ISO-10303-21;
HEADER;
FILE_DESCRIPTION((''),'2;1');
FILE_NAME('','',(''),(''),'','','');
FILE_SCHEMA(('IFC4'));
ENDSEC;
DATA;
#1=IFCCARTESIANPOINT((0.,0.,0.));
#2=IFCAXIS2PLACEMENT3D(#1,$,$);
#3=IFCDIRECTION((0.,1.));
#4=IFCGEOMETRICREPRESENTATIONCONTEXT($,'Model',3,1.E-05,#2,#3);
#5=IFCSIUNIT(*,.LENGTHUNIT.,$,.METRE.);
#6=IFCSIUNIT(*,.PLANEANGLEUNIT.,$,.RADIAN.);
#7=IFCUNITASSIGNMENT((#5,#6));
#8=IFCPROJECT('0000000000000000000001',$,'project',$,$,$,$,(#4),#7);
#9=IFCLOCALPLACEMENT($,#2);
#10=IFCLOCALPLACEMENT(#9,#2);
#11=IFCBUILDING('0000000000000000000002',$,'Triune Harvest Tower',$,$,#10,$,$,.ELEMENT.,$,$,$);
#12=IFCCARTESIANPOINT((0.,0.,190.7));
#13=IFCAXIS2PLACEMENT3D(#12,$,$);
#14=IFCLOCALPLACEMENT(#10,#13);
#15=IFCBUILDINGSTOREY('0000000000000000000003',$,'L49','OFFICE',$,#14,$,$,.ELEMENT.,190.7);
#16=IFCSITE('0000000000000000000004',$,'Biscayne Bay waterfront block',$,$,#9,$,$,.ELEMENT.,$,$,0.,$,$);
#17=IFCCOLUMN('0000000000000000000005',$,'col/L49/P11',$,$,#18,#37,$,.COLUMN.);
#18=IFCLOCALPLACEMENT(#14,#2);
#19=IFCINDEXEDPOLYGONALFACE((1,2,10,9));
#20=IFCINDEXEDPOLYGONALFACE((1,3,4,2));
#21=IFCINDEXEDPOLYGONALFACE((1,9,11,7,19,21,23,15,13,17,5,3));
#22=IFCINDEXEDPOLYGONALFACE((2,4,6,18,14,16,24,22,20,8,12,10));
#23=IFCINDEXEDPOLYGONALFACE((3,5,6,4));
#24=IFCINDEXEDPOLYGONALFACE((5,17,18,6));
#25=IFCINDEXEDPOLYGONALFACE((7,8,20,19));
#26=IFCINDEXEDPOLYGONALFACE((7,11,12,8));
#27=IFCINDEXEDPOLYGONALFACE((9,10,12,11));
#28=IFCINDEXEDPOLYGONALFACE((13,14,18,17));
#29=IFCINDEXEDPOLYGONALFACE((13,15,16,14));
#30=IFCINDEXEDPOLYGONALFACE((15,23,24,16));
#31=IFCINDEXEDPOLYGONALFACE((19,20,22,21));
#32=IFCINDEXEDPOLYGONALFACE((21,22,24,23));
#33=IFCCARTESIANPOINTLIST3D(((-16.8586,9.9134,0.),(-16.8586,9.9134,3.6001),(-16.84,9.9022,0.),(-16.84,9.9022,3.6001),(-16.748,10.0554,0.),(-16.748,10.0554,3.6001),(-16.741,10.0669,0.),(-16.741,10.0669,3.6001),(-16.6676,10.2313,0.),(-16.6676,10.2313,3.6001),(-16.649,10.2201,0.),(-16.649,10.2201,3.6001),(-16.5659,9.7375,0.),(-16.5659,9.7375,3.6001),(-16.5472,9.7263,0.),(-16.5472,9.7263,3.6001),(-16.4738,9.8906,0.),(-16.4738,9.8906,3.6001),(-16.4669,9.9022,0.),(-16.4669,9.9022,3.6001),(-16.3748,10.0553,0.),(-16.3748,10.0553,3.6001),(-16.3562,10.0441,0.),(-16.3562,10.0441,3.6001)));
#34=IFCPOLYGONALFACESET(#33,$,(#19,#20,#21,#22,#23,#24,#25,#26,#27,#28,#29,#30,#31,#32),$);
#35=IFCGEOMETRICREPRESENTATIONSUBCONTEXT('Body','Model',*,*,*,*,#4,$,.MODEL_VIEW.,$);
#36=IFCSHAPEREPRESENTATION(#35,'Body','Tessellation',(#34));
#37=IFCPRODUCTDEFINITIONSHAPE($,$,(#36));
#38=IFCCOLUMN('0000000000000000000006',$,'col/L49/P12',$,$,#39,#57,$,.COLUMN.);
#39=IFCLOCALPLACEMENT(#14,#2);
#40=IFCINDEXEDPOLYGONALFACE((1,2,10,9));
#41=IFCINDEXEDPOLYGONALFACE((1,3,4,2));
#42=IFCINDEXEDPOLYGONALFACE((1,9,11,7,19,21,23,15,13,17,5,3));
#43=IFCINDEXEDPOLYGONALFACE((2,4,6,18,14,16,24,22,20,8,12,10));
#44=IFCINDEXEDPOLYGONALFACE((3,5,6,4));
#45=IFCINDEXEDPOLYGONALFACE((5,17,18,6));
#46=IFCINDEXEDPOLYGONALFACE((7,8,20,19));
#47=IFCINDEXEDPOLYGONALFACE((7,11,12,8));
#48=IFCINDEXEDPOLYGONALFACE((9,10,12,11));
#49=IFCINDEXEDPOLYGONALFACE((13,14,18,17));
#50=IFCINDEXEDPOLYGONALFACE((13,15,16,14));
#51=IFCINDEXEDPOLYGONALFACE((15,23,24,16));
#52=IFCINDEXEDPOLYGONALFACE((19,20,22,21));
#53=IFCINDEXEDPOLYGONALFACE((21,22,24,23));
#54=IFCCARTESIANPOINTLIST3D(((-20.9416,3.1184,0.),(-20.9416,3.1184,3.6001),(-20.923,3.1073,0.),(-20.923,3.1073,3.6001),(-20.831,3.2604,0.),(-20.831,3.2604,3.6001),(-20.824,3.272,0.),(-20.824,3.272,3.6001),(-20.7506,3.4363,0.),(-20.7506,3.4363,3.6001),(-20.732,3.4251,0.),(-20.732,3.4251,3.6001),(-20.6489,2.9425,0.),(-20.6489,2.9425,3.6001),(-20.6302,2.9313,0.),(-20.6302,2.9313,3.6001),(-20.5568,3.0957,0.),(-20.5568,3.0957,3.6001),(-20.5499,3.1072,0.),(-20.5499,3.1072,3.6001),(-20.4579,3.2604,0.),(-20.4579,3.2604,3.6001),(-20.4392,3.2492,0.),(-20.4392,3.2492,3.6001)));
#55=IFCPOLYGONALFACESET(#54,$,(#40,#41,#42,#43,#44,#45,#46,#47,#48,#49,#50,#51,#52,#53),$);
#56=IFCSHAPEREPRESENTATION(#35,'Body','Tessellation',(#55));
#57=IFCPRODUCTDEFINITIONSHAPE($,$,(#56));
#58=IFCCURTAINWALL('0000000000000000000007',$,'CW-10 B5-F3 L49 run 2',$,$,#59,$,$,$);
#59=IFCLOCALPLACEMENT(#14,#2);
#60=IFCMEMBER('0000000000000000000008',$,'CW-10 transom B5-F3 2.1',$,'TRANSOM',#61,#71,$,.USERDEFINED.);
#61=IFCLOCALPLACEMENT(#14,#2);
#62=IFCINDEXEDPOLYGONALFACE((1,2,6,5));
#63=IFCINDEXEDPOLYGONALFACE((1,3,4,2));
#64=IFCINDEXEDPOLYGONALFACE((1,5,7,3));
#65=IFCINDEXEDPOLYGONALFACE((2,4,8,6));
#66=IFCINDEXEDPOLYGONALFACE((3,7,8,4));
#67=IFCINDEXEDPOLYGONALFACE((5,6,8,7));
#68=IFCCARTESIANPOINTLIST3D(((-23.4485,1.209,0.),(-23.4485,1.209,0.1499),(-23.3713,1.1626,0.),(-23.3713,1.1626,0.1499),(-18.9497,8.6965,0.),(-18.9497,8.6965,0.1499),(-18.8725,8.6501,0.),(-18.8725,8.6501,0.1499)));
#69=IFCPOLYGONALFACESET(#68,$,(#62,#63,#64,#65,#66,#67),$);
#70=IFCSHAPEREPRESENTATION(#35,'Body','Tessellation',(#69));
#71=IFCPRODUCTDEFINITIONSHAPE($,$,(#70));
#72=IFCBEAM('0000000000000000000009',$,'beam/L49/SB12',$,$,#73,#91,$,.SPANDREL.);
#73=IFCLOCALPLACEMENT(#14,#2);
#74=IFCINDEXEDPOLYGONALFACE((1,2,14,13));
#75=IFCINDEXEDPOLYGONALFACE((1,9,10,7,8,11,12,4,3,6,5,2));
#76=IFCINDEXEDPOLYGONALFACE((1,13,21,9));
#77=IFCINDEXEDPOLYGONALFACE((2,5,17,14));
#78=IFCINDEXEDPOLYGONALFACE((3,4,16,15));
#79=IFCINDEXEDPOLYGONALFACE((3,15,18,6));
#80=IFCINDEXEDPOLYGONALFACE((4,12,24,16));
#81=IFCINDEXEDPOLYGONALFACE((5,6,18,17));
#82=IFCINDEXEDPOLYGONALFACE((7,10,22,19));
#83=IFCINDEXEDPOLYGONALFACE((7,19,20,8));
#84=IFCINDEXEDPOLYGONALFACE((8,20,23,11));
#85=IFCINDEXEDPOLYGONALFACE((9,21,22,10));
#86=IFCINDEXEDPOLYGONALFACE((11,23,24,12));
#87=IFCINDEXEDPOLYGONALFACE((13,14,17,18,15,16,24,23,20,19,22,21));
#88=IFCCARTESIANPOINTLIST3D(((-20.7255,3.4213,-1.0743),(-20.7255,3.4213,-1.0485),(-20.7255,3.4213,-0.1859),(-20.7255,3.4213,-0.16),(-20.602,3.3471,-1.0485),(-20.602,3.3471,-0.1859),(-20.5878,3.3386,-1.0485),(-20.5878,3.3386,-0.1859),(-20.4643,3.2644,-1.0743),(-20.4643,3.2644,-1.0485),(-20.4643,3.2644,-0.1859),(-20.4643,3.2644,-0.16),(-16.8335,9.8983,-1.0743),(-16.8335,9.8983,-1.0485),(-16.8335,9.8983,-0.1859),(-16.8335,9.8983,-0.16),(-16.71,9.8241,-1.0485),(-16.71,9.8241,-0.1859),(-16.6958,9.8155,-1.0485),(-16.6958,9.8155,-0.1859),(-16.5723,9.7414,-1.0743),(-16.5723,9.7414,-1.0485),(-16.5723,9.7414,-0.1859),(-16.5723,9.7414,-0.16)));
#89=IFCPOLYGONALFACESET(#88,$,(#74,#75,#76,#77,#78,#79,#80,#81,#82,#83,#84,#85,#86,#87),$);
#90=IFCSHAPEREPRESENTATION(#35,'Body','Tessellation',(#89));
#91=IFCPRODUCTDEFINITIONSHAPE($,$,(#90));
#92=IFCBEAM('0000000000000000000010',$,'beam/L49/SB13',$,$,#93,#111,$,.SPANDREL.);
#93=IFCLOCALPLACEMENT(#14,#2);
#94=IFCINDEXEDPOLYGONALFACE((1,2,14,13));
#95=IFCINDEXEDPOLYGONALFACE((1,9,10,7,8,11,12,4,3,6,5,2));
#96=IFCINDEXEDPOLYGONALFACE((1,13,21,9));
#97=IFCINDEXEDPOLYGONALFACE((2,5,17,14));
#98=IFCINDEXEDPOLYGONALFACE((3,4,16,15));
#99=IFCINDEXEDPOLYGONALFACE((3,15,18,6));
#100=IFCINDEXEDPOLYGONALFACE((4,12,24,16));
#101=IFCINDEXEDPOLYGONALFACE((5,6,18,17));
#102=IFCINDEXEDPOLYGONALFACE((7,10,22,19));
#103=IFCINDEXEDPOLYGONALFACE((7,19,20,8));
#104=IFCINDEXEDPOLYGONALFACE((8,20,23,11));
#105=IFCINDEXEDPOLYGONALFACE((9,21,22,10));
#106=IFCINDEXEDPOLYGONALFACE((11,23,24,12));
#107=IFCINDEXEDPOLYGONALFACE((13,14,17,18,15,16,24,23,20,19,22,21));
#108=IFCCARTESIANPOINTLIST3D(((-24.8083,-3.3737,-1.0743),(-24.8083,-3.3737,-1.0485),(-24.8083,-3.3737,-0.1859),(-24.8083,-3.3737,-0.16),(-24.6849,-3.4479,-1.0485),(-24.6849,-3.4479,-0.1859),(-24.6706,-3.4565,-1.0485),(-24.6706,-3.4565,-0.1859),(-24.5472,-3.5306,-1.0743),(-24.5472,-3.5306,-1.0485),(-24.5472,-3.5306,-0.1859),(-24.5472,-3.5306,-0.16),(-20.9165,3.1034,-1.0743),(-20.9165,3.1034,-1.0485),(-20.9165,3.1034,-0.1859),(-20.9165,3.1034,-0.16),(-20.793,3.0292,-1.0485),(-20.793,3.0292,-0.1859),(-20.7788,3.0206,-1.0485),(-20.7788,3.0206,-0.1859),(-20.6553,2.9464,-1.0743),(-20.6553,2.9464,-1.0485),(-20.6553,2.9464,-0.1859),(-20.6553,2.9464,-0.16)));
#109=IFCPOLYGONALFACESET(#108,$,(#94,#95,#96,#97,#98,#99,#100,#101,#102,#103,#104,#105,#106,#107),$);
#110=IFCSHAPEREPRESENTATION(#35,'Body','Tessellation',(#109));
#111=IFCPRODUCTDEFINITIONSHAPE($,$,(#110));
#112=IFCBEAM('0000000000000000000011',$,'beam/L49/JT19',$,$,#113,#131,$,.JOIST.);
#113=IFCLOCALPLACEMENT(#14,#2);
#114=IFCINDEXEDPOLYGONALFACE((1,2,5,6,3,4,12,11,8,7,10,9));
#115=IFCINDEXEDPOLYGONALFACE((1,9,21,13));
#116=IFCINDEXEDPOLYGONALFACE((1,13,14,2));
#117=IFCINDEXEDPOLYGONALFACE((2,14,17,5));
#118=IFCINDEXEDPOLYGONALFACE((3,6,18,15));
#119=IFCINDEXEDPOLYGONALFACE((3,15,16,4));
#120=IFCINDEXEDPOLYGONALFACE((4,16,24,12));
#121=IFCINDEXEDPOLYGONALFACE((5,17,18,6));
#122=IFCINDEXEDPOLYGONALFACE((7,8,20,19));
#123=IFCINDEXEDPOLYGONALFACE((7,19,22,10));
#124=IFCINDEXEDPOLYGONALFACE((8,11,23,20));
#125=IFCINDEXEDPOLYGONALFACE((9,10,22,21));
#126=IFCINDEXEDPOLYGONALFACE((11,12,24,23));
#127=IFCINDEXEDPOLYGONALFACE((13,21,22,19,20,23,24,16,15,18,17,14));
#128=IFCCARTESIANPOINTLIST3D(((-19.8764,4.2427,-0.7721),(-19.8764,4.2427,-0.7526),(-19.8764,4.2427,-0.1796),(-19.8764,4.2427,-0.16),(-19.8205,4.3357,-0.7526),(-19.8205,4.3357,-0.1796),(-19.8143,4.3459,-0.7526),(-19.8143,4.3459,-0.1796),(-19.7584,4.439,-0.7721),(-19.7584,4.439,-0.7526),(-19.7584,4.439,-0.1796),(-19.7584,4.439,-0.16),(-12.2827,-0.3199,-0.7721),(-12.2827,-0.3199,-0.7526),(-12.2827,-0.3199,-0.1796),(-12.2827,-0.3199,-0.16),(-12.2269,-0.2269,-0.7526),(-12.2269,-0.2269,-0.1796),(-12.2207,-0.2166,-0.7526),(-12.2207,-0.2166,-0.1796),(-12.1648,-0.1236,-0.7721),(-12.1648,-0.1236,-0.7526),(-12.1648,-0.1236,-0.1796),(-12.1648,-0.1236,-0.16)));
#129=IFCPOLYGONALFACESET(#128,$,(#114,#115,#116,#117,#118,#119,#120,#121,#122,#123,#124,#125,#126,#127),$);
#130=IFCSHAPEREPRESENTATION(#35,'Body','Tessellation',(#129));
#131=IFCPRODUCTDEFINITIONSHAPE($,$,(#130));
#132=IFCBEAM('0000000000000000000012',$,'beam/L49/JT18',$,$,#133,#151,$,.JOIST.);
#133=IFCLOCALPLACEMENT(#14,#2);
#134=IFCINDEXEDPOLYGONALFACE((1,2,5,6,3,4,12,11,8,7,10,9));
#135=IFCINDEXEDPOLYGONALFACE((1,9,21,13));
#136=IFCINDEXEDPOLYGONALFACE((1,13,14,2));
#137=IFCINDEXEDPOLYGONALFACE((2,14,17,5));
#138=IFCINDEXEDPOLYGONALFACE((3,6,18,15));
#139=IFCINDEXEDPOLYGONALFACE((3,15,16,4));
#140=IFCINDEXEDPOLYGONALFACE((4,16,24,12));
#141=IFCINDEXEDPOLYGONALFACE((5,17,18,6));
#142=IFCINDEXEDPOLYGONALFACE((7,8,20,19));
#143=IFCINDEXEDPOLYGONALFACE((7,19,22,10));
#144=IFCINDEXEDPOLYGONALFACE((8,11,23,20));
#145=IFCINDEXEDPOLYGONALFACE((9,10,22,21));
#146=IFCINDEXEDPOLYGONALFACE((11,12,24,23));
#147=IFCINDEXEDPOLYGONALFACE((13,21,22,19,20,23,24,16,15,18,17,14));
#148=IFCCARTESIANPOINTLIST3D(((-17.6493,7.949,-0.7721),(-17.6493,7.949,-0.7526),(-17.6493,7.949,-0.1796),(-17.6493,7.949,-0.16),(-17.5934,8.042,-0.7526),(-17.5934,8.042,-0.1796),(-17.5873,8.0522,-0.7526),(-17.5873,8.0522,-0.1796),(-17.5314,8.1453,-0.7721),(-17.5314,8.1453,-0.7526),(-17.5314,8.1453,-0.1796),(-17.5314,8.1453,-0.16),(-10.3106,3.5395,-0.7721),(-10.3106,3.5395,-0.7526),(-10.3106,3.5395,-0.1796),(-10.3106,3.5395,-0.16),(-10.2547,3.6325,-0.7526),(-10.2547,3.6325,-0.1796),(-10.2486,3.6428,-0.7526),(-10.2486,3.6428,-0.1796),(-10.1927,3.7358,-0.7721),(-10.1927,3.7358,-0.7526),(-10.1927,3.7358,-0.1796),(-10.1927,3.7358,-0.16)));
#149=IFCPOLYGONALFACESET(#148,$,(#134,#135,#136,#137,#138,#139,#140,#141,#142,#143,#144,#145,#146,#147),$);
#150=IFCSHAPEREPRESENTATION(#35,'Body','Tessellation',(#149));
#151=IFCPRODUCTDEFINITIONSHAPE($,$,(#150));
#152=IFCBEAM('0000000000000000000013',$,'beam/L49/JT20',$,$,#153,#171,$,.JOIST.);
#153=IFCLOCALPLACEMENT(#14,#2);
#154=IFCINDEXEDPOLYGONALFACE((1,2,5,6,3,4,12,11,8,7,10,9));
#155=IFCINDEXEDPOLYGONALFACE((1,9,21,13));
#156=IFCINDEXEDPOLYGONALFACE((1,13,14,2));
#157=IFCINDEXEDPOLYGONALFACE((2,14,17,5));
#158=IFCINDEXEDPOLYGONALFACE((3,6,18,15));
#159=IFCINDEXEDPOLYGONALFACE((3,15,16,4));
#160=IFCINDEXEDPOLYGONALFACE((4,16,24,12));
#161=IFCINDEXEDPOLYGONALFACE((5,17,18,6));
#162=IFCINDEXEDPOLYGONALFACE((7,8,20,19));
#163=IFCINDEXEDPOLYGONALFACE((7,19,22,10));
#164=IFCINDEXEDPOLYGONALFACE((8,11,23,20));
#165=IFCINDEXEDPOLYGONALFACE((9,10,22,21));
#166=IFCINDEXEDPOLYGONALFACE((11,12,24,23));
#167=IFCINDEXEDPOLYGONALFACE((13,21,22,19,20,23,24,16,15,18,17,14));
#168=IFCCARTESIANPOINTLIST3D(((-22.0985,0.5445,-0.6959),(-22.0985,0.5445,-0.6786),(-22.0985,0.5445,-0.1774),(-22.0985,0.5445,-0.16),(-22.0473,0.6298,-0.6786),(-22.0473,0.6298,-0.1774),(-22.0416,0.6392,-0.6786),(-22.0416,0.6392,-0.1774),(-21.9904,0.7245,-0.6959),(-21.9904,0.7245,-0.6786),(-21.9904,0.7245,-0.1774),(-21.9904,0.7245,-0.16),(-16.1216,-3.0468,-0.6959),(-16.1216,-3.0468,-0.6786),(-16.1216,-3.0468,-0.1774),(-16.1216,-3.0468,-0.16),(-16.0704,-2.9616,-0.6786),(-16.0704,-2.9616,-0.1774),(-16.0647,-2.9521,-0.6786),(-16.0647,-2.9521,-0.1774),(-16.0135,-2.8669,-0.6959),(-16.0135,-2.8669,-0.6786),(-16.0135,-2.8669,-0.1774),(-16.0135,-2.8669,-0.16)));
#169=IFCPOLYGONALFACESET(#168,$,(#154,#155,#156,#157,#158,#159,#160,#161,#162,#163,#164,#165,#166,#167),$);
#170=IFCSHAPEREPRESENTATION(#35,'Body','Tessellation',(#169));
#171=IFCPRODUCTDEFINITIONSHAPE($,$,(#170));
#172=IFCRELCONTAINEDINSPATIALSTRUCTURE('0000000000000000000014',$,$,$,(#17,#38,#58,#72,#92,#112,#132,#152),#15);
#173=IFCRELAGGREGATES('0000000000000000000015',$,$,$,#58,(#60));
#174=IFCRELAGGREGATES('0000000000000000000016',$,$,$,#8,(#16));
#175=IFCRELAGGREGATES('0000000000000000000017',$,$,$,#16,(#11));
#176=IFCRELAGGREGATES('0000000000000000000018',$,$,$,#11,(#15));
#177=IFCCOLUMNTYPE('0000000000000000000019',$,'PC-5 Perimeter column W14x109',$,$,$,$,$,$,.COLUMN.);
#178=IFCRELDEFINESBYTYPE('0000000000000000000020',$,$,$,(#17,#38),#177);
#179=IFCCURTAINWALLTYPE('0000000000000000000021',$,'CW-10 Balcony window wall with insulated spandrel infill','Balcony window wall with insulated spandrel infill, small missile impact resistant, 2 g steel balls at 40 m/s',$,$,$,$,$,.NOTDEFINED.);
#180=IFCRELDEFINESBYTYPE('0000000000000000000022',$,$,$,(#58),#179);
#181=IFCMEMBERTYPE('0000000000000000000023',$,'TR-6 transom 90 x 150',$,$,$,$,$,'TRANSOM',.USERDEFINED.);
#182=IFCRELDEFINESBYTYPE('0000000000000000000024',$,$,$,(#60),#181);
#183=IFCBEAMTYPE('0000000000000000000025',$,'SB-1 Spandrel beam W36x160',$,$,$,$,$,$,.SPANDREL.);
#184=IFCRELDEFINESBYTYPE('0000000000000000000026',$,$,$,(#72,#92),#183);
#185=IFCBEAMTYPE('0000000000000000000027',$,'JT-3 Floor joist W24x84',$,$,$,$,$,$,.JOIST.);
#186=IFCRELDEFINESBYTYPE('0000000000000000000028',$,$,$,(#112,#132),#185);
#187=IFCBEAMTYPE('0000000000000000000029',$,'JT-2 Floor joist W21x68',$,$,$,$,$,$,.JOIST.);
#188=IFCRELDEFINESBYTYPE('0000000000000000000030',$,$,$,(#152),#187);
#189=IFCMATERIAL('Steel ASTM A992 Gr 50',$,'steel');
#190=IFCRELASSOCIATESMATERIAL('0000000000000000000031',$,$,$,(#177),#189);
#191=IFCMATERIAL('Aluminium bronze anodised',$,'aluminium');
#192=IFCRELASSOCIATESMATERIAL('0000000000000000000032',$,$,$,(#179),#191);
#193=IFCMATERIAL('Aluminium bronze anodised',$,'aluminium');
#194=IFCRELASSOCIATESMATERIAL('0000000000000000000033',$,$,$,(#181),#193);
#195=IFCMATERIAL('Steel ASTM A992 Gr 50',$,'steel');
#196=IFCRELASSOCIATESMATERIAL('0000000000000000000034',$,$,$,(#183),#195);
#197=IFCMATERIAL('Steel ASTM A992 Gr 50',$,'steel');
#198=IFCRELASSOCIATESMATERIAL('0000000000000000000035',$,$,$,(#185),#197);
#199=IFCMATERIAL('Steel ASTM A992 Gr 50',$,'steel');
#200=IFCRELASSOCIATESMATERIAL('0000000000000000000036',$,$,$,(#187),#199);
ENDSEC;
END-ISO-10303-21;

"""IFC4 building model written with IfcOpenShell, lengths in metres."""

from ifc_helpers import new_model, si_unit, direction, frame, origin, origin_2d, place, context, subcontext, project, spatial, rectangle, i_section, extrude, source, transform, mapped, material, material_profile, profile_set, type_object, element, aggregate, save


model = new_model("IFC4")

# Units and contexts
model_context = context("Model", 3, precision=1e-05, world=origin(), true_north=direction((0.0, 1.0)))
body_context = subcontext(model_context, "Body", "Model", "MODEL_VIEW")
ifc_project = project(units=[si_unit("LENGTHUNIT", "METRE"), si_unit("PLANEANGLEUNIT", "RADIAN")], contexts=[model_context])

# Site, building, storey
site_placement = place(None, origin())
site = spatial("IfcSite", under=ifc_project, at=site_placement, Name="Biscayne Bay waterfront block", CompositionType="ELEMENT", RefElevation=0.0)
building_placement = place(site_placement, origin())
building = spatial("IfcBuilding", under=site, at=building_placement, Name="Triune Harvest Tower", CompositionType="ELEMENT")
storey_placement = place(building_placement, frame((0.0, 0.0, 190.7)))
storey = spatial("IfcBuildingStorey", under=building, at=storey_placement, Name="L49", Description="OFFICE", CompositionType="ELEMENT", Elevation=190.7)

# Columns
ifc_material_1 = material(Name="Steel ASTM A992 Gr 50", Category="steel")
ifc_material_profile_1 = material_profile(ifc_material_1, i_section(OverallWidth=0.3708, OverallDepth=0.3633, WebThickness=0.0134, FlangeThickness=0.0217, at=origin_2d()), Name="W14x109")
ifc_profile_set_1 = profile_set([ifc_material_profile_1], Name="Steel ASTM A992 Gr 50")
column_type = type_object("IfcColumnType", Name="PC-5 Perimeter column W14x109", PredefinedType="COLUMN", material=ifc_profile_set_1)
shared_shape_1 = source(origin(), body_context, "Body", "SweptSolid", [
    extrude(i_section(OverallWidth=0.3708, OverallDepth=0.3633, WebThickness=0.0134, FlangeThickness=0.0217, at=origin_2d()), origin(), (0.0, 0.0, 1.0), 3.6001),
])
for number, where, z_axis, x_axis, name in (
    (1, (-16.6074, 9.9788, 0.0), (0.0, 0.0, 1.0), (-0.515037, -0.857168, 0.0), "col/L49/P11"),
    (2, (-20.6904, 3.1838, 0.0), (0.0, 0.0, 1.0), (-0.515037, -0.857168, 0.0), "col/L49/P12"),
):
    element("IfcColumn", number, at=place(storey_placement, frame(where, z_axis=z_axis, x_axis=x_axis)), inside=storey, type_object=column_type, Name=name, PredefinedType="COLUMN", context=body_context, shape_type="MappedRepresentation", body=[
        mapped(shared_shape_1, transform((0.0, 0.0, 0.0), scale=1.0)),
    ])

# Curtain wall, member
ifc_material_2 = material(Name="Aluminium bronze anodised", Category="aluminium")
curtain_wall_type_1 = type_object("IfcCurtainWallType", Name="CW-10 Balcony window wall with insulated spandrel infill", Description="Balcony window wall with insulated spandrel infill, small missile impact resistant, 2 g steel balls at 40 m/s", PredefinedType="NOTDEFINED", material=ifc_material_2)
curtain_wall_1_placement = place(storey_placement, origin())
curtain_wall_1 = element("IfcCurtainWall", 3, at=curtain_wall_1_placement, inside=storey, type_object=curtain_wall_type_1, Name="CW-10 B5-F3 L49 run 2")
ifc_material_3 = material(Name="Aluminium bronze anodised", Category="aluminium")
ifc_material_profile_2 = material_profile(ifc_material_3, rectangle(XDim=0.0901, YDim=0.1499, at=origin_2d()), Name="TR-6 transom 90 x 150")
ifc_profile_set_2 = profile_set([ifc_material_profile_2], Name="Aluminium bronze anodised")
member_type_1 = type_object("IfcMemberType", Name="TR-6 transom 90 x 150", ElementType="TRANSOM", PredefinedType="USERDEFINED", material=ifc_profile_set_2)
member_1_placement = place(storey_placement, frame((-18.9111, 8.6733, 0.075), z_axis=(-0.515022, -0.857177, 0.0), x_axis=(0.857177, -0.515022, 0.0)))
member_1 = element("IfcMember", 4, at=member_1_placement, type_object=member_type_1, Name="CW-10 transom B5-F3 2.1", ObjectType="TRANSOM", PredefinedType="USERDEFINED", context=body_context, shape_type="SweptSolid", body=[
    extrude(rectangle(XDim=0.0901, YDim=0.1499, at=origin_2d()), origin(), (0.0, 0.0, 1.0), 8.7351),
])

# Beams
ifc_material_4 = material(Name="Steel ASTM A992 Gr 50", Category="steel")
ifc_material_profile_3 = material_profile(ifc_material_4, i_section(OverallWidth=0.3047, OverallDepth=0.9143, WebThickness=0.0166, FlangeThickness=0.0259, at=origin_2d()), Name="W36x160")
ifc_profile_set_3 = profile_set([ifc_material_profile_3], Name="Steel ASTM A992 Gr 50")
beam_type_1 = type_object("IfcBeamType", Name="SB-1 Spandrel beam W36x160", PredefinedType="SPANDREL", material=ifc_profile_set_3)
shared_shape_2 = source(origin(), body_context, "Body", "SweptSolid", [
    extrude(i_section(OverallWidth=0.3047, OverallDepth=0.9143, WebThickness=0.0166, FlangeThickness=0.0259, at=origin_2d()), origin(), (0.0, 0.0, 1.0), 7.5564),
])
for number, where, z_axis, x_axis, name in (
    (5, (-16.7029, 9.8198, -0.6172), (-0.515066, -0.857151, 0.0), (0.857151, -0.515066, 0.0), "beam/L49/SB12"),
    (6, (-20.7859, 3.0249, -0.6172), (-0.515042, -0.857165, 0.0), (0.857165, -0.515042, 0.0), "beam/L49/SB13"),
):
    element("IfcBeam", number, at=place(storey_placement, frame(where, z_axis=z_axis, x_axis=x_axis)), inside=storey, type_object=beam_type_1, Name=name, PredefinedType="SPANDREL", context=body_context, shape_type="MappedRepresentation", body=[
        mapped(shared_shape_2, transform((0.0, 0.0, 0.0), scale=1.0)),
    ])
ifc_material_5 = material(Name="Steel ASTM A992 Gr 50", Category="steel")
ifc_material_profile_4 = material_profile(ifc_material_5, i_section(OverallWidth=0.229, OverallDepth=0.6121, WebThickness=0.012, FlangeThickness=0.0195, at=origin_2d()), Name="W24x84")
ifc_profile_set_4 = profile_set([ifc_material_profile_4], Name="Steel ASTM A992 Gr 50")
beam_type_2 = type_object("IfcBeamType", Name="JT-3 Floor joist W24x84", PredefinedType="JOIST", material=ifc_profile_set_4)
shared_shape_3 = source(origin(), body_context, "Body", "SweptSolid", [
    extrude(i_section(OverallWidth=0.229, OverallDepth=0.6121, WebThickness=0.012, FlangeThickness=0.0195, at=origin_2d()), origin(), (0.0, 0.0, 1.0), 8.8589),
])
beam_1_placement = place(storey_placement, frame((-19.8174, 4.3408, -0.4661), z_axis=(0.857174, -0.515027, 0.0), x_axis=(0.515027, 0.857174, 0.0)))
element("IfcBeam", 7, at=beam_1_placement, inside=storey, type_object=beam_type_2, Name="beam/L49/JT19", PredefinedType="JOIST", context=body_context, shape_type="MappedRepresentation", body=[
    mapped(shared_shape_3, transform((0.0, 0.0, 0.0), scale=1.0)),
])
shared_shape_4 = source(origin(), body_context, "Body", "SweptSolid", [
    extrude(i_section(OverallWidth=0.229, OverallDepth=0.6121, WebThickness=0.012, FlangeThickness=0.0195, at=origin_2d()), origin(), (0.0, 0.0, 1.0), 8.5615),
])
beam_2_placement = place(storey_placement, frame((-17.5903, 8.0471, -0.4661), z_axis=(0.857171, -0.515032, 0.0), x_axis=(0.515032, 0.857171, 0.0)))
element("IfcBeam", 8, at=beam_2_placement, inside=storey, type_object=beam_type_2, Name="beam/L49/JT18", PredefinedType="JOIST", context=body_context, shape_type="MappedRepresentation", body=[
    mapped(shared_shape_4, transform((0.0, 0.0, 0.0), scale=1.0)),
])
ifc_material_6 = material(Name="Steel ASTM A992 Gr 50", Category="steel")
ifc_material_profile_5 = material_profile(ifc_material_6, i_section(OverallWidth=0.21, OverallDepth=0.5359, WebThickness=0.011, FlangeThickness=0.0173, at=origin_2d()), Name="W21x68")
ifc_profile_set_5 = profile_set([ifc_material_profile_5], Name="Steel ASTM A992 Gr 50")
beam_type_3 = type_object("IfcBeamType", Name="JT-2 Floor joist W21x68", PredefinedType="JOIST", material=ifc_profile_set_5)
shared_shape_5 = source(origin(), body_context, "Body", "SweptSolid", [
    extrude(i_section(OverallWidth=0.21, OverallDepth=0.5359, WebThickness=0.011, FlangeThickness=0.0173, at=origin_2d()), origin(), (0.0, 0.0, 1.0), 6.9729),
])
beam_3_placement = place(storey_placement, frame((-22.0444, 0.6345, -0.428), z_axis=(0.857162, -0.515047, 0.0), x_axis=(0.515047, 0.857162, 0.0)))
element("IfcBeam", 9, at=beam_3_placement, inside=storey, type_object=beam_type_3, Name="beam/L49/JT20", PredefinedType="JOIST", context=body_context, shape_type="MappedRepresentation", body=[
    mapped(shared_shape_5, transform((0.0, 0.0, 0.0), scale=1.0)),
])

aggregate(curtain_wall_1, [member_1])

save(model, "model.ifc")
